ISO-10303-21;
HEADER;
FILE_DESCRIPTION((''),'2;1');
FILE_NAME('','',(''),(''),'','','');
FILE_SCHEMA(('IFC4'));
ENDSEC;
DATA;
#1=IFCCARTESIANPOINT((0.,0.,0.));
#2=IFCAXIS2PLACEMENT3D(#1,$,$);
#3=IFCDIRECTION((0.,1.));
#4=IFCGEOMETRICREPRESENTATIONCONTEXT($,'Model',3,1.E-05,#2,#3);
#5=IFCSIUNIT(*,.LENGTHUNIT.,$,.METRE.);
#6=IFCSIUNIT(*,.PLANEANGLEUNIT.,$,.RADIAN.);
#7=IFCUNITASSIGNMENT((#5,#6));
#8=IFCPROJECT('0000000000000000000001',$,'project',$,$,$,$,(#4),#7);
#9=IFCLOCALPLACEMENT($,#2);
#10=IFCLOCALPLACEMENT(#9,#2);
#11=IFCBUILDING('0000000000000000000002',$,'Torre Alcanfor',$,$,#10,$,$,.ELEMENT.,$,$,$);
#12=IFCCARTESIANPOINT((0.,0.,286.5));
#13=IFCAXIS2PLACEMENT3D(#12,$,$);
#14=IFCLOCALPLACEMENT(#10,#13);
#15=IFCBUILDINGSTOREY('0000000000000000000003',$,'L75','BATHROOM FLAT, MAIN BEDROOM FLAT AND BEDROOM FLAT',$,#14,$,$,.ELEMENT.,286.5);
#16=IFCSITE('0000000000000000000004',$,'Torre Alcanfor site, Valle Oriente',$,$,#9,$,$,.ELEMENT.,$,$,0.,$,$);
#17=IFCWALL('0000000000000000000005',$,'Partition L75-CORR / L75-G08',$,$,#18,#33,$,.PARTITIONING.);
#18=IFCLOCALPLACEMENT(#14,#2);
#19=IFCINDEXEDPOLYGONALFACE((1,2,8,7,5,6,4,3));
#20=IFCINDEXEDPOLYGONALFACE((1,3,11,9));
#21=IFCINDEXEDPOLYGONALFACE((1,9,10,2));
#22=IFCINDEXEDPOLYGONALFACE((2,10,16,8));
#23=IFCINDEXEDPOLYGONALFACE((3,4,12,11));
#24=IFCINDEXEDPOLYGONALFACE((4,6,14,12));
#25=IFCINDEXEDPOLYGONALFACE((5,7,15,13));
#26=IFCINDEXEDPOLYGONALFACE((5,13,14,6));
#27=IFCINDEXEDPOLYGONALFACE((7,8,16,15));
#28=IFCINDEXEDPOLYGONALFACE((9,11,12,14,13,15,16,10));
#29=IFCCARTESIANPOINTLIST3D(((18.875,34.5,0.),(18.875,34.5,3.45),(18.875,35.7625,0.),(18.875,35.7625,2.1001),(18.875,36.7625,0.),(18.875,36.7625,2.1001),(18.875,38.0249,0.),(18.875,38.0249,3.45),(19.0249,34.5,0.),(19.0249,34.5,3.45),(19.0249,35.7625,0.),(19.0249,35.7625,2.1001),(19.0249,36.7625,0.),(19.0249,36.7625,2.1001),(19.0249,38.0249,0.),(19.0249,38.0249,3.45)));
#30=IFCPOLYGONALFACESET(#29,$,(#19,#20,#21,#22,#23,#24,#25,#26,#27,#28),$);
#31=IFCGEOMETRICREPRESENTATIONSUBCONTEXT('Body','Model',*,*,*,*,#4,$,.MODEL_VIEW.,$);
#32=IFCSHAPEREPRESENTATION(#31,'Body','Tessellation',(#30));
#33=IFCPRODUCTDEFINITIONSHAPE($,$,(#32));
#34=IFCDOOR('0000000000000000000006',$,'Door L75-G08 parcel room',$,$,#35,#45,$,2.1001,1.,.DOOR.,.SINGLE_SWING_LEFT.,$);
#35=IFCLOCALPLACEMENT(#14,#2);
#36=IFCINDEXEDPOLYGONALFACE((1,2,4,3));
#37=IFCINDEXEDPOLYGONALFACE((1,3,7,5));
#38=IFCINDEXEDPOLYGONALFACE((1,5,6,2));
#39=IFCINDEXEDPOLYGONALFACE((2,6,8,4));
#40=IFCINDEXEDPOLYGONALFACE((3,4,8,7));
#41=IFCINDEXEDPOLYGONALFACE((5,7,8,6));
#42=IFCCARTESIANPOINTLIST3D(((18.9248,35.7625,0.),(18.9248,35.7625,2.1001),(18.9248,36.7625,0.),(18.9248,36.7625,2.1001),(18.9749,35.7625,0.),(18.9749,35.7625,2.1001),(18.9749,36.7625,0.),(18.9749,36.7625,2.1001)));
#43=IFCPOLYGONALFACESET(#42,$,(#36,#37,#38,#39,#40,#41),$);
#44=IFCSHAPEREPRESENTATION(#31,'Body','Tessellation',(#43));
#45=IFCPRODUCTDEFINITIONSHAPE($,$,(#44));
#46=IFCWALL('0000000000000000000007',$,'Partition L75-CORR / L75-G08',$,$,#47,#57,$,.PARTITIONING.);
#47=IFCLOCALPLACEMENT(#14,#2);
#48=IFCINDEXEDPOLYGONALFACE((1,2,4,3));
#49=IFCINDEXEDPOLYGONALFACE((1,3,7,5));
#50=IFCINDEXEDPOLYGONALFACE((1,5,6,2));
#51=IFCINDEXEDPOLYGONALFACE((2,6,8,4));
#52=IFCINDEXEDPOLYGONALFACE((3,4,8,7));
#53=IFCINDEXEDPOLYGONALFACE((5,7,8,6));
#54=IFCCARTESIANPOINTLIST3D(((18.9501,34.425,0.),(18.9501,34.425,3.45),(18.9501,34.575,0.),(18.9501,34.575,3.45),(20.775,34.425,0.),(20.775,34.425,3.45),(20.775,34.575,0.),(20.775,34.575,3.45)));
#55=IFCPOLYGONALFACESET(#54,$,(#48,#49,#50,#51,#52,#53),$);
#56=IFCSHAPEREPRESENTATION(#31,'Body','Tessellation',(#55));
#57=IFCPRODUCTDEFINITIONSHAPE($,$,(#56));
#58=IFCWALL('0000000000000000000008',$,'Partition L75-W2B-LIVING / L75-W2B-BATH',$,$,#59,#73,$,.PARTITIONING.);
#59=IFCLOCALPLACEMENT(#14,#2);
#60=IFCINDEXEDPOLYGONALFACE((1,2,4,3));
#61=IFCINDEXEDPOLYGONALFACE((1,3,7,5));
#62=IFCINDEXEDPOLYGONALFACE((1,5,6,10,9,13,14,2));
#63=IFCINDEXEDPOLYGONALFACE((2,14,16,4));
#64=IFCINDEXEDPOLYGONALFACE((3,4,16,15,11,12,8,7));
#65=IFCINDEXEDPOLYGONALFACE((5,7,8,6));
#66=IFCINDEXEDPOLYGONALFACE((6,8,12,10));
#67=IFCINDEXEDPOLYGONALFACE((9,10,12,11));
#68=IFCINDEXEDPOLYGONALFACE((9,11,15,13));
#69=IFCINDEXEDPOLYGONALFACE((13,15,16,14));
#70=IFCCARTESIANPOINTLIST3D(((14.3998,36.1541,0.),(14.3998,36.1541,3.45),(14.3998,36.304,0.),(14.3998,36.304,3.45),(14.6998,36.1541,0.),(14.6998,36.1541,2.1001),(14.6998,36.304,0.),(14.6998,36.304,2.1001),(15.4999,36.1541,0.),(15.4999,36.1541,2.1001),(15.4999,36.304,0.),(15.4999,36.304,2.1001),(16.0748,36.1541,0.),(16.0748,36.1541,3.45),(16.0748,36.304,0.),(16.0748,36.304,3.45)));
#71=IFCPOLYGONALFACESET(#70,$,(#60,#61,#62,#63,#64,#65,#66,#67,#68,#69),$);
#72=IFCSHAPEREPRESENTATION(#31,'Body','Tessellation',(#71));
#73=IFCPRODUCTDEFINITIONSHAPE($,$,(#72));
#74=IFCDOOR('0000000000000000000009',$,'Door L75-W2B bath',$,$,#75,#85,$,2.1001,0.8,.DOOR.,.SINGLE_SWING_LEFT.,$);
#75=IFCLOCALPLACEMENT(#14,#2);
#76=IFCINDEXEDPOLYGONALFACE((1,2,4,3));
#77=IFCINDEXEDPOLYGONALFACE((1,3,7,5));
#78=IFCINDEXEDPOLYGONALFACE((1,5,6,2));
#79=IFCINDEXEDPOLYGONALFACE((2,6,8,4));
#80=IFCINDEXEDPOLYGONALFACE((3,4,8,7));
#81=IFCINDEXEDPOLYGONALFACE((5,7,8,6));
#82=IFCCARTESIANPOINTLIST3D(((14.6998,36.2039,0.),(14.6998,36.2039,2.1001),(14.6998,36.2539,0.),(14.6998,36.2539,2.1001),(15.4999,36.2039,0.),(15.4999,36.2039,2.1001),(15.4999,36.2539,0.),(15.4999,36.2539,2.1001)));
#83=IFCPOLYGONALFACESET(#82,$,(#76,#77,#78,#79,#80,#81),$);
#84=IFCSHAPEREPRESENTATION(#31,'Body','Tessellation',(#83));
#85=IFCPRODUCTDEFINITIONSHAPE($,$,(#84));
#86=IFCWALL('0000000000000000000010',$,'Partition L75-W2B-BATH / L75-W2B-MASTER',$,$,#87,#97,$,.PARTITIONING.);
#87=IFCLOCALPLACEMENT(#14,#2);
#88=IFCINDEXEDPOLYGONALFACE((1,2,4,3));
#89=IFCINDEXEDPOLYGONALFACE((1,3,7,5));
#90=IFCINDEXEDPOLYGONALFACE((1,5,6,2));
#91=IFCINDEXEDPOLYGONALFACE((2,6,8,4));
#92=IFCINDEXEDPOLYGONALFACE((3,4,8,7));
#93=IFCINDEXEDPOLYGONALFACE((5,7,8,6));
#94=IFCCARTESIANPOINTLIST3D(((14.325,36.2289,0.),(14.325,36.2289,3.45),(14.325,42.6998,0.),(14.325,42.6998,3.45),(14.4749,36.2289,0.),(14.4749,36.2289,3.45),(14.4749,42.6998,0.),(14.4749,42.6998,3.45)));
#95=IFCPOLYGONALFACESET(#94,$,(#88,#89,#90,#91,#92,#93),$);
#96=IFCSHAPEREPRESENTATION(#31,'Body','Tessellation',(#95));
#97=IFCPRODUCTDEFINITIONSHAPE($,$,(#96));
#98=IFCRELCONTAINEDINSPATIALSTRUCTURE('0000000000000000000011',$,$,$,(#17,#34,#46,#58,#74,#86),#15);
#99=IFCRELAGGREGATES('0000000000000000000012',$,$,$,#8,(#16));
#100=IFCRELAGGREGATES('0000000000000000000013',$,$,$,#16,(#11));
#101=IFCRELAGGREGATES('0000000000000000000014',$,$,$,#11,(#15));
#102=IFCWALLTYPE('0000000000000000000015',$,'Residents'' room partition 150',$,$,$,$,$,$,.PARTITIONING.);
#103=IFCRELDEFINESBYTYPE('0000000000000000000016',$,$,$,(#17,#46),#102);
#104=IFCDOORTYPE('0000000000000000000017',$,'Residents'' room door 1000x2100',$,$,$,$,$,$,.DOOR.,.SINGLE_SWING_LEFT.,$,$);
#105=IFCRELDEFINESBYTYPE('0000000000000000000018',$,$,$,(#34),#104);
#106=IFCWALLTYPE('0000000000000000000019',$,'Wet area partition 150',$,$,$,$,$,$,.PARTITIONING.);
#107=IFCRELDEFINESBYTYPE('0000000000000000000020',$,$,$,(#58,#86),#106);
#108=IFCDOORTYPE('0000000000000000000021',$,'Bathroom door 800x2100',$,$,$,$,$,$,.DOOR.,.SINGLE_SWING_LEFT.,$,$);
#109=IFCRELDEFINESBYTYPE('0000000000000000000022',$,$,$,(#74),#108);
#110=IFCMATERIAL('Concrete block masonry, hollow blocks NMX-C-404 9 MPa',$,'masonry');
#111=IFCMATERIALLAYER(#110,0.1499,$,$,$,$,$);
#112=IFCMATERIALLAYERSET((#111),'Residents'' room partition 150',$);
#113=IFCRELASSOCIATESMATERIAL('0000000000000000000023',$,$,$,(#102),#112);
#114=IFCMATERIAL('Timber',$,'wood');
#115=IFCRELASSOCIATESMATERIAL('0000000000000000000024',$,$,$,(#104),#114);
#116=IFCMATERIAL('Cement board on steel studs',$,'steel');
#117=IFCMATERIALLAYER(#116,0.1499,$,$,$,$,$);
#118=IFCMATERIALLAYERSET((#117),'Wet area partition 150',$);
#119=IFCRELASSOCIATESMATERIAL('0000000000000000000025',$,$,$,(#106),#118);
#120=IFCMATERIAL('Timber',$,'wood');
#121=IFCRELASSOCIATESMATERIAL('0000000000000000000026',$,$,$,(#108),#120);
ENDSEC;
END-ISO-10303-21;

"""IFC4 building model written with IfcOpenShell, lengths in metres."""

from ifc_helpers import new_model, si_unit, direction, frame, frame_2d, origin, place, context, subcontext, project, spatial, rectangle, extrude, material, layer, layer_set, type_object, element, fill, save


model = new_model("IFC4")

# Units and contexts
model_context = context("Model", 3, precision=1e-05, world=origin(), true_north=direction((0.0, 1.0)))
body_context = subcontext(model_context, "Body", "Model", "MODEL_VIEW")
ifc_project = project(units=[si_unit("LENGTHUNIT", "METRE"), si_unit("PLANEANGLEUNIT", "RADIAN")], contexts=[model_context])

# Site, building, storey
site_placement = place(None, origin())
site = spatial("IfcSite", under=ifc_project, at=site_placement, Name="Torre Alcanfor site, Valle Oriente", CompositionType="ELEMENT", RefElevation=0.0)
building_placement = place(site_placement, origin())
building = spatial("IfcBuilding", under=site, at=building_placement, Name="Torre Alcanfor", CompositionType="ELEMENT")
storey_placement = place(building_placement, frame((0.0, 0.0, 286.5)))
storey = spatial("IfcBuildingStorey", under=building, at=storey_placement, Name="L75", Description="BATHROOM FLAT, MAIN BEDROOM FLAT AND BEDROOM FLAT", CompositionType="ELEMENT", Elevation=286.5)

# Wall, opening, door
ifc_material_1 = material(Name="Concrete block masonry, hollow blocks NMX-C-404 9 MPa", Category="masonry")
ifc_layer_1 = layer(ifc_material_1, 0.1499)
ifc_layer_set_1 = layer_set([ifc_layer_1], Name="Residents' room partition 150")
wall_type_1 = type_object("IfcWallType", Name="Residents' room partition 150", PredefinedType="PARTITIONING", material=ifc_layer_set_1)
wall_1_placement = place(storey_placement, frame((18.95, 38.0249, 0.0), z_axis=(0.0, 0.0, 1.0), x_axis=(0.0, -1.0, 0.0)))
wall_1 = element("IfcWall", 1, at=wall_1_placement, inside=storey, type_object=wall_type_1, Name="Partition L75-CORR / L75-G08", PredefinedType="PARTITIONING", context=body_context, shape_type="SweptSolid", body=[
    extrude(rectangle(XDim=3.5249, YDim=0.1499, at=frame_2d((1.7625, 0.0))), origin(), (0.0, 0.0, 1.0), 3.45),
])
opening_1_placement = place(wall_1_placement, frame((1.2625, 0.0, 0.0)))
opening_1 = element("IfcOpeningElement", 2, at=opening_1_placement, cuts=wall_1, PredefinedType="OPENING", context=body_context, shape_type="SweptSolid", body=[
    extrude(rectangle(XDim=1.0, YDim=2.1001, at=frame_2d((0.5, 1.05))), frame((0.0, 0.085, 0.0), z_axis=(0.0, -1.0, 0.0), x_axis=(1.0, 0.0, 0.0)), (0.0, 0.0, 1.0), 0.1699),
])
ifc_material_2 = material(Name="Timber", Category="wood")
door_type_1 = type_object("IfcDoorType", Name="Residents' room door 1000x2100", OperationType="SINGLE_SWING_LEFT", PredefinedType="DOOR", material=ifc_material_2)
door_1_placement = place(opening_1_placement, origin())
door_1 = element("IfcDoor", 3, at=door_1_placement, inside=storey, type_object=door_type_1, Name="Door L75-G08 parcel room", OperationType="SINGLE_SWING_LEFT", OverallHeight=2.1001, OverallWidth=1.0, PredefinedType="DOOR", context=body_context, shape_type="SweptSolid", body=[
    extrude(rectangle(XDim=1.0, YDim=2.1001, at=frame_2d((0.5, 1.05))), frame((0.0, 0.0249, 0.0), z_axis=(0.0, -1.0, 0.0), x_axis=(1.0, 0.0, 0.0)), (0.0, 0.0, 1.0), 0.05),
])
fill(opening_1, door_1)

# Wall
wall_2_placement = place(storey_placement, frame((18.95, 34.5, 0.0), z_axis=(0.0, 0.0, 1.0), x_axis=(1.0, 0.0, 0.0)))
element("IfcWall", 4, at=wall_2_placement, inside=storey, type_object=wall_type_1, Name="Partition L75-CORR / L75-G08", PredefinedType="PARTITIONING", context=body_context, shape_type="SweptSolid", body=[
    extrude(rectangle(XDim=1.825, YDim=0.1499, at=frame_2d((0.9126, 0.0))), origin(), (0.0, 0.0, 1.0), 3.45),
])

# Wall, opening, door
ifc_material_3 = material(Name="Cement board on steel studs", Category="steel")
ifc_layer_2 = layer(ifc_material_3, 0.1499)
ifc_layer_set_2 = layer_set([ifc_layer_2], Name="Wet area partition 150")
wall_type_2 = type_object("IfcWallType", Name="Wet area partition 150", PredefinedType="PARTITIONING", material=ifc_layer_set_2)
wall_3_placement = place(storey_placement, frame((14.3999, 36.229, 0.0), z_axis=(0.0, 0.0, 1.0), x_axis=(1.0, 0.0, 0.0)))
wall_3 = element("IfcWall", 5, at=wall_3_placement, inside=storey, type_object=wall_type_2, Name="Partition L75-W2B-LIVING / L75-W2B-BATH", PredefinedType="PARTITIONING", context=body_context, shape_type="SweptSolid", body=[
    extrude(rectangle(XDim=1.675, YDim=0.1499, at=frame_2d((0.8374, 0.0))), origin(), (0.0, 0.0, 1.0), 3.45),
])
opening_2_placement = place(wall_3_placement, frame((0.3, 0.0, 0.0)))
opening_2 = element("IfcOpeningElement", 6, at=opening_2_placement, cuts=wall_3, PredefinedType="OPENING", context=body_context, shape_type="SweptSolid", body=[
    extrude(rectangle(XDim=0.8, YDim=2.1001, at=frame_2d((0.3999, 1.05))), frame((0.0, 0.085, 0.0), z_axis=(0.0, -1.0, 0.0), x_axis=(1.0, 0.0, 0.0)), (0.0, 0.0, 1.0), 0.1699),
])
ifc_material_4 = material(Name="Timber", Category="wood")
door_type_2 = type_object("IfcDoorType", Name="Bathroom door 800x2100", OperationType="SINGLE_SWING_LEFT", PredefinedType="DOOR", material=ifc_material_4)
door_2_placement = place(opening_2_placement, origin())
door_2 = element("IfcDoor", 7, at=door_2_placement, inside=storey, type_object=door_type_2, Name="Door L75-W2B bath", OperationType="SINGLE_SWING_LEFT", OverallHeight=2.1001, OverallWidth=0.8, PredefinedType="DOOR", context=body_context, shape_type="SweptSolid", body=[
    extrude(rectangle(XDim=0.8, YDim=2.1001, at=frame_2d((0.3999, 1.05))), frame((0.0, 0.0249, 0.0), z_axis=(0.0, -1.0, 0.0), x_axis=(1.0, 0.0, 0.0)), (0.0, 0.0, 1.0), 0.05),
])
fill(opening_2, door_2)

# Wall
wall_4_placement = place(storey_placement, frame((14.3999, 36.229, 0.0), z_axis=(0.0, 0.0, 1.0), x_axis=(0.0, 1.0, 0.0)))
element("IfcWall", 8, at=wall_4_placement, inside=storey, type_object=wall_type_2, Name="Partition L75-W2B-BATH / L75-W2B-MASTER", PredefinedType="PARTITIONING", context=body_context, shape_type="SweptSolid", body=[
    extrude(rectangle(XDim=6.4709, YDim=0.1499, at=frame_2d((3.2354, 0.0))), origin(), (0.0, 0.0, 1.0), 3.45),
])

save(model, "model.ifc")
